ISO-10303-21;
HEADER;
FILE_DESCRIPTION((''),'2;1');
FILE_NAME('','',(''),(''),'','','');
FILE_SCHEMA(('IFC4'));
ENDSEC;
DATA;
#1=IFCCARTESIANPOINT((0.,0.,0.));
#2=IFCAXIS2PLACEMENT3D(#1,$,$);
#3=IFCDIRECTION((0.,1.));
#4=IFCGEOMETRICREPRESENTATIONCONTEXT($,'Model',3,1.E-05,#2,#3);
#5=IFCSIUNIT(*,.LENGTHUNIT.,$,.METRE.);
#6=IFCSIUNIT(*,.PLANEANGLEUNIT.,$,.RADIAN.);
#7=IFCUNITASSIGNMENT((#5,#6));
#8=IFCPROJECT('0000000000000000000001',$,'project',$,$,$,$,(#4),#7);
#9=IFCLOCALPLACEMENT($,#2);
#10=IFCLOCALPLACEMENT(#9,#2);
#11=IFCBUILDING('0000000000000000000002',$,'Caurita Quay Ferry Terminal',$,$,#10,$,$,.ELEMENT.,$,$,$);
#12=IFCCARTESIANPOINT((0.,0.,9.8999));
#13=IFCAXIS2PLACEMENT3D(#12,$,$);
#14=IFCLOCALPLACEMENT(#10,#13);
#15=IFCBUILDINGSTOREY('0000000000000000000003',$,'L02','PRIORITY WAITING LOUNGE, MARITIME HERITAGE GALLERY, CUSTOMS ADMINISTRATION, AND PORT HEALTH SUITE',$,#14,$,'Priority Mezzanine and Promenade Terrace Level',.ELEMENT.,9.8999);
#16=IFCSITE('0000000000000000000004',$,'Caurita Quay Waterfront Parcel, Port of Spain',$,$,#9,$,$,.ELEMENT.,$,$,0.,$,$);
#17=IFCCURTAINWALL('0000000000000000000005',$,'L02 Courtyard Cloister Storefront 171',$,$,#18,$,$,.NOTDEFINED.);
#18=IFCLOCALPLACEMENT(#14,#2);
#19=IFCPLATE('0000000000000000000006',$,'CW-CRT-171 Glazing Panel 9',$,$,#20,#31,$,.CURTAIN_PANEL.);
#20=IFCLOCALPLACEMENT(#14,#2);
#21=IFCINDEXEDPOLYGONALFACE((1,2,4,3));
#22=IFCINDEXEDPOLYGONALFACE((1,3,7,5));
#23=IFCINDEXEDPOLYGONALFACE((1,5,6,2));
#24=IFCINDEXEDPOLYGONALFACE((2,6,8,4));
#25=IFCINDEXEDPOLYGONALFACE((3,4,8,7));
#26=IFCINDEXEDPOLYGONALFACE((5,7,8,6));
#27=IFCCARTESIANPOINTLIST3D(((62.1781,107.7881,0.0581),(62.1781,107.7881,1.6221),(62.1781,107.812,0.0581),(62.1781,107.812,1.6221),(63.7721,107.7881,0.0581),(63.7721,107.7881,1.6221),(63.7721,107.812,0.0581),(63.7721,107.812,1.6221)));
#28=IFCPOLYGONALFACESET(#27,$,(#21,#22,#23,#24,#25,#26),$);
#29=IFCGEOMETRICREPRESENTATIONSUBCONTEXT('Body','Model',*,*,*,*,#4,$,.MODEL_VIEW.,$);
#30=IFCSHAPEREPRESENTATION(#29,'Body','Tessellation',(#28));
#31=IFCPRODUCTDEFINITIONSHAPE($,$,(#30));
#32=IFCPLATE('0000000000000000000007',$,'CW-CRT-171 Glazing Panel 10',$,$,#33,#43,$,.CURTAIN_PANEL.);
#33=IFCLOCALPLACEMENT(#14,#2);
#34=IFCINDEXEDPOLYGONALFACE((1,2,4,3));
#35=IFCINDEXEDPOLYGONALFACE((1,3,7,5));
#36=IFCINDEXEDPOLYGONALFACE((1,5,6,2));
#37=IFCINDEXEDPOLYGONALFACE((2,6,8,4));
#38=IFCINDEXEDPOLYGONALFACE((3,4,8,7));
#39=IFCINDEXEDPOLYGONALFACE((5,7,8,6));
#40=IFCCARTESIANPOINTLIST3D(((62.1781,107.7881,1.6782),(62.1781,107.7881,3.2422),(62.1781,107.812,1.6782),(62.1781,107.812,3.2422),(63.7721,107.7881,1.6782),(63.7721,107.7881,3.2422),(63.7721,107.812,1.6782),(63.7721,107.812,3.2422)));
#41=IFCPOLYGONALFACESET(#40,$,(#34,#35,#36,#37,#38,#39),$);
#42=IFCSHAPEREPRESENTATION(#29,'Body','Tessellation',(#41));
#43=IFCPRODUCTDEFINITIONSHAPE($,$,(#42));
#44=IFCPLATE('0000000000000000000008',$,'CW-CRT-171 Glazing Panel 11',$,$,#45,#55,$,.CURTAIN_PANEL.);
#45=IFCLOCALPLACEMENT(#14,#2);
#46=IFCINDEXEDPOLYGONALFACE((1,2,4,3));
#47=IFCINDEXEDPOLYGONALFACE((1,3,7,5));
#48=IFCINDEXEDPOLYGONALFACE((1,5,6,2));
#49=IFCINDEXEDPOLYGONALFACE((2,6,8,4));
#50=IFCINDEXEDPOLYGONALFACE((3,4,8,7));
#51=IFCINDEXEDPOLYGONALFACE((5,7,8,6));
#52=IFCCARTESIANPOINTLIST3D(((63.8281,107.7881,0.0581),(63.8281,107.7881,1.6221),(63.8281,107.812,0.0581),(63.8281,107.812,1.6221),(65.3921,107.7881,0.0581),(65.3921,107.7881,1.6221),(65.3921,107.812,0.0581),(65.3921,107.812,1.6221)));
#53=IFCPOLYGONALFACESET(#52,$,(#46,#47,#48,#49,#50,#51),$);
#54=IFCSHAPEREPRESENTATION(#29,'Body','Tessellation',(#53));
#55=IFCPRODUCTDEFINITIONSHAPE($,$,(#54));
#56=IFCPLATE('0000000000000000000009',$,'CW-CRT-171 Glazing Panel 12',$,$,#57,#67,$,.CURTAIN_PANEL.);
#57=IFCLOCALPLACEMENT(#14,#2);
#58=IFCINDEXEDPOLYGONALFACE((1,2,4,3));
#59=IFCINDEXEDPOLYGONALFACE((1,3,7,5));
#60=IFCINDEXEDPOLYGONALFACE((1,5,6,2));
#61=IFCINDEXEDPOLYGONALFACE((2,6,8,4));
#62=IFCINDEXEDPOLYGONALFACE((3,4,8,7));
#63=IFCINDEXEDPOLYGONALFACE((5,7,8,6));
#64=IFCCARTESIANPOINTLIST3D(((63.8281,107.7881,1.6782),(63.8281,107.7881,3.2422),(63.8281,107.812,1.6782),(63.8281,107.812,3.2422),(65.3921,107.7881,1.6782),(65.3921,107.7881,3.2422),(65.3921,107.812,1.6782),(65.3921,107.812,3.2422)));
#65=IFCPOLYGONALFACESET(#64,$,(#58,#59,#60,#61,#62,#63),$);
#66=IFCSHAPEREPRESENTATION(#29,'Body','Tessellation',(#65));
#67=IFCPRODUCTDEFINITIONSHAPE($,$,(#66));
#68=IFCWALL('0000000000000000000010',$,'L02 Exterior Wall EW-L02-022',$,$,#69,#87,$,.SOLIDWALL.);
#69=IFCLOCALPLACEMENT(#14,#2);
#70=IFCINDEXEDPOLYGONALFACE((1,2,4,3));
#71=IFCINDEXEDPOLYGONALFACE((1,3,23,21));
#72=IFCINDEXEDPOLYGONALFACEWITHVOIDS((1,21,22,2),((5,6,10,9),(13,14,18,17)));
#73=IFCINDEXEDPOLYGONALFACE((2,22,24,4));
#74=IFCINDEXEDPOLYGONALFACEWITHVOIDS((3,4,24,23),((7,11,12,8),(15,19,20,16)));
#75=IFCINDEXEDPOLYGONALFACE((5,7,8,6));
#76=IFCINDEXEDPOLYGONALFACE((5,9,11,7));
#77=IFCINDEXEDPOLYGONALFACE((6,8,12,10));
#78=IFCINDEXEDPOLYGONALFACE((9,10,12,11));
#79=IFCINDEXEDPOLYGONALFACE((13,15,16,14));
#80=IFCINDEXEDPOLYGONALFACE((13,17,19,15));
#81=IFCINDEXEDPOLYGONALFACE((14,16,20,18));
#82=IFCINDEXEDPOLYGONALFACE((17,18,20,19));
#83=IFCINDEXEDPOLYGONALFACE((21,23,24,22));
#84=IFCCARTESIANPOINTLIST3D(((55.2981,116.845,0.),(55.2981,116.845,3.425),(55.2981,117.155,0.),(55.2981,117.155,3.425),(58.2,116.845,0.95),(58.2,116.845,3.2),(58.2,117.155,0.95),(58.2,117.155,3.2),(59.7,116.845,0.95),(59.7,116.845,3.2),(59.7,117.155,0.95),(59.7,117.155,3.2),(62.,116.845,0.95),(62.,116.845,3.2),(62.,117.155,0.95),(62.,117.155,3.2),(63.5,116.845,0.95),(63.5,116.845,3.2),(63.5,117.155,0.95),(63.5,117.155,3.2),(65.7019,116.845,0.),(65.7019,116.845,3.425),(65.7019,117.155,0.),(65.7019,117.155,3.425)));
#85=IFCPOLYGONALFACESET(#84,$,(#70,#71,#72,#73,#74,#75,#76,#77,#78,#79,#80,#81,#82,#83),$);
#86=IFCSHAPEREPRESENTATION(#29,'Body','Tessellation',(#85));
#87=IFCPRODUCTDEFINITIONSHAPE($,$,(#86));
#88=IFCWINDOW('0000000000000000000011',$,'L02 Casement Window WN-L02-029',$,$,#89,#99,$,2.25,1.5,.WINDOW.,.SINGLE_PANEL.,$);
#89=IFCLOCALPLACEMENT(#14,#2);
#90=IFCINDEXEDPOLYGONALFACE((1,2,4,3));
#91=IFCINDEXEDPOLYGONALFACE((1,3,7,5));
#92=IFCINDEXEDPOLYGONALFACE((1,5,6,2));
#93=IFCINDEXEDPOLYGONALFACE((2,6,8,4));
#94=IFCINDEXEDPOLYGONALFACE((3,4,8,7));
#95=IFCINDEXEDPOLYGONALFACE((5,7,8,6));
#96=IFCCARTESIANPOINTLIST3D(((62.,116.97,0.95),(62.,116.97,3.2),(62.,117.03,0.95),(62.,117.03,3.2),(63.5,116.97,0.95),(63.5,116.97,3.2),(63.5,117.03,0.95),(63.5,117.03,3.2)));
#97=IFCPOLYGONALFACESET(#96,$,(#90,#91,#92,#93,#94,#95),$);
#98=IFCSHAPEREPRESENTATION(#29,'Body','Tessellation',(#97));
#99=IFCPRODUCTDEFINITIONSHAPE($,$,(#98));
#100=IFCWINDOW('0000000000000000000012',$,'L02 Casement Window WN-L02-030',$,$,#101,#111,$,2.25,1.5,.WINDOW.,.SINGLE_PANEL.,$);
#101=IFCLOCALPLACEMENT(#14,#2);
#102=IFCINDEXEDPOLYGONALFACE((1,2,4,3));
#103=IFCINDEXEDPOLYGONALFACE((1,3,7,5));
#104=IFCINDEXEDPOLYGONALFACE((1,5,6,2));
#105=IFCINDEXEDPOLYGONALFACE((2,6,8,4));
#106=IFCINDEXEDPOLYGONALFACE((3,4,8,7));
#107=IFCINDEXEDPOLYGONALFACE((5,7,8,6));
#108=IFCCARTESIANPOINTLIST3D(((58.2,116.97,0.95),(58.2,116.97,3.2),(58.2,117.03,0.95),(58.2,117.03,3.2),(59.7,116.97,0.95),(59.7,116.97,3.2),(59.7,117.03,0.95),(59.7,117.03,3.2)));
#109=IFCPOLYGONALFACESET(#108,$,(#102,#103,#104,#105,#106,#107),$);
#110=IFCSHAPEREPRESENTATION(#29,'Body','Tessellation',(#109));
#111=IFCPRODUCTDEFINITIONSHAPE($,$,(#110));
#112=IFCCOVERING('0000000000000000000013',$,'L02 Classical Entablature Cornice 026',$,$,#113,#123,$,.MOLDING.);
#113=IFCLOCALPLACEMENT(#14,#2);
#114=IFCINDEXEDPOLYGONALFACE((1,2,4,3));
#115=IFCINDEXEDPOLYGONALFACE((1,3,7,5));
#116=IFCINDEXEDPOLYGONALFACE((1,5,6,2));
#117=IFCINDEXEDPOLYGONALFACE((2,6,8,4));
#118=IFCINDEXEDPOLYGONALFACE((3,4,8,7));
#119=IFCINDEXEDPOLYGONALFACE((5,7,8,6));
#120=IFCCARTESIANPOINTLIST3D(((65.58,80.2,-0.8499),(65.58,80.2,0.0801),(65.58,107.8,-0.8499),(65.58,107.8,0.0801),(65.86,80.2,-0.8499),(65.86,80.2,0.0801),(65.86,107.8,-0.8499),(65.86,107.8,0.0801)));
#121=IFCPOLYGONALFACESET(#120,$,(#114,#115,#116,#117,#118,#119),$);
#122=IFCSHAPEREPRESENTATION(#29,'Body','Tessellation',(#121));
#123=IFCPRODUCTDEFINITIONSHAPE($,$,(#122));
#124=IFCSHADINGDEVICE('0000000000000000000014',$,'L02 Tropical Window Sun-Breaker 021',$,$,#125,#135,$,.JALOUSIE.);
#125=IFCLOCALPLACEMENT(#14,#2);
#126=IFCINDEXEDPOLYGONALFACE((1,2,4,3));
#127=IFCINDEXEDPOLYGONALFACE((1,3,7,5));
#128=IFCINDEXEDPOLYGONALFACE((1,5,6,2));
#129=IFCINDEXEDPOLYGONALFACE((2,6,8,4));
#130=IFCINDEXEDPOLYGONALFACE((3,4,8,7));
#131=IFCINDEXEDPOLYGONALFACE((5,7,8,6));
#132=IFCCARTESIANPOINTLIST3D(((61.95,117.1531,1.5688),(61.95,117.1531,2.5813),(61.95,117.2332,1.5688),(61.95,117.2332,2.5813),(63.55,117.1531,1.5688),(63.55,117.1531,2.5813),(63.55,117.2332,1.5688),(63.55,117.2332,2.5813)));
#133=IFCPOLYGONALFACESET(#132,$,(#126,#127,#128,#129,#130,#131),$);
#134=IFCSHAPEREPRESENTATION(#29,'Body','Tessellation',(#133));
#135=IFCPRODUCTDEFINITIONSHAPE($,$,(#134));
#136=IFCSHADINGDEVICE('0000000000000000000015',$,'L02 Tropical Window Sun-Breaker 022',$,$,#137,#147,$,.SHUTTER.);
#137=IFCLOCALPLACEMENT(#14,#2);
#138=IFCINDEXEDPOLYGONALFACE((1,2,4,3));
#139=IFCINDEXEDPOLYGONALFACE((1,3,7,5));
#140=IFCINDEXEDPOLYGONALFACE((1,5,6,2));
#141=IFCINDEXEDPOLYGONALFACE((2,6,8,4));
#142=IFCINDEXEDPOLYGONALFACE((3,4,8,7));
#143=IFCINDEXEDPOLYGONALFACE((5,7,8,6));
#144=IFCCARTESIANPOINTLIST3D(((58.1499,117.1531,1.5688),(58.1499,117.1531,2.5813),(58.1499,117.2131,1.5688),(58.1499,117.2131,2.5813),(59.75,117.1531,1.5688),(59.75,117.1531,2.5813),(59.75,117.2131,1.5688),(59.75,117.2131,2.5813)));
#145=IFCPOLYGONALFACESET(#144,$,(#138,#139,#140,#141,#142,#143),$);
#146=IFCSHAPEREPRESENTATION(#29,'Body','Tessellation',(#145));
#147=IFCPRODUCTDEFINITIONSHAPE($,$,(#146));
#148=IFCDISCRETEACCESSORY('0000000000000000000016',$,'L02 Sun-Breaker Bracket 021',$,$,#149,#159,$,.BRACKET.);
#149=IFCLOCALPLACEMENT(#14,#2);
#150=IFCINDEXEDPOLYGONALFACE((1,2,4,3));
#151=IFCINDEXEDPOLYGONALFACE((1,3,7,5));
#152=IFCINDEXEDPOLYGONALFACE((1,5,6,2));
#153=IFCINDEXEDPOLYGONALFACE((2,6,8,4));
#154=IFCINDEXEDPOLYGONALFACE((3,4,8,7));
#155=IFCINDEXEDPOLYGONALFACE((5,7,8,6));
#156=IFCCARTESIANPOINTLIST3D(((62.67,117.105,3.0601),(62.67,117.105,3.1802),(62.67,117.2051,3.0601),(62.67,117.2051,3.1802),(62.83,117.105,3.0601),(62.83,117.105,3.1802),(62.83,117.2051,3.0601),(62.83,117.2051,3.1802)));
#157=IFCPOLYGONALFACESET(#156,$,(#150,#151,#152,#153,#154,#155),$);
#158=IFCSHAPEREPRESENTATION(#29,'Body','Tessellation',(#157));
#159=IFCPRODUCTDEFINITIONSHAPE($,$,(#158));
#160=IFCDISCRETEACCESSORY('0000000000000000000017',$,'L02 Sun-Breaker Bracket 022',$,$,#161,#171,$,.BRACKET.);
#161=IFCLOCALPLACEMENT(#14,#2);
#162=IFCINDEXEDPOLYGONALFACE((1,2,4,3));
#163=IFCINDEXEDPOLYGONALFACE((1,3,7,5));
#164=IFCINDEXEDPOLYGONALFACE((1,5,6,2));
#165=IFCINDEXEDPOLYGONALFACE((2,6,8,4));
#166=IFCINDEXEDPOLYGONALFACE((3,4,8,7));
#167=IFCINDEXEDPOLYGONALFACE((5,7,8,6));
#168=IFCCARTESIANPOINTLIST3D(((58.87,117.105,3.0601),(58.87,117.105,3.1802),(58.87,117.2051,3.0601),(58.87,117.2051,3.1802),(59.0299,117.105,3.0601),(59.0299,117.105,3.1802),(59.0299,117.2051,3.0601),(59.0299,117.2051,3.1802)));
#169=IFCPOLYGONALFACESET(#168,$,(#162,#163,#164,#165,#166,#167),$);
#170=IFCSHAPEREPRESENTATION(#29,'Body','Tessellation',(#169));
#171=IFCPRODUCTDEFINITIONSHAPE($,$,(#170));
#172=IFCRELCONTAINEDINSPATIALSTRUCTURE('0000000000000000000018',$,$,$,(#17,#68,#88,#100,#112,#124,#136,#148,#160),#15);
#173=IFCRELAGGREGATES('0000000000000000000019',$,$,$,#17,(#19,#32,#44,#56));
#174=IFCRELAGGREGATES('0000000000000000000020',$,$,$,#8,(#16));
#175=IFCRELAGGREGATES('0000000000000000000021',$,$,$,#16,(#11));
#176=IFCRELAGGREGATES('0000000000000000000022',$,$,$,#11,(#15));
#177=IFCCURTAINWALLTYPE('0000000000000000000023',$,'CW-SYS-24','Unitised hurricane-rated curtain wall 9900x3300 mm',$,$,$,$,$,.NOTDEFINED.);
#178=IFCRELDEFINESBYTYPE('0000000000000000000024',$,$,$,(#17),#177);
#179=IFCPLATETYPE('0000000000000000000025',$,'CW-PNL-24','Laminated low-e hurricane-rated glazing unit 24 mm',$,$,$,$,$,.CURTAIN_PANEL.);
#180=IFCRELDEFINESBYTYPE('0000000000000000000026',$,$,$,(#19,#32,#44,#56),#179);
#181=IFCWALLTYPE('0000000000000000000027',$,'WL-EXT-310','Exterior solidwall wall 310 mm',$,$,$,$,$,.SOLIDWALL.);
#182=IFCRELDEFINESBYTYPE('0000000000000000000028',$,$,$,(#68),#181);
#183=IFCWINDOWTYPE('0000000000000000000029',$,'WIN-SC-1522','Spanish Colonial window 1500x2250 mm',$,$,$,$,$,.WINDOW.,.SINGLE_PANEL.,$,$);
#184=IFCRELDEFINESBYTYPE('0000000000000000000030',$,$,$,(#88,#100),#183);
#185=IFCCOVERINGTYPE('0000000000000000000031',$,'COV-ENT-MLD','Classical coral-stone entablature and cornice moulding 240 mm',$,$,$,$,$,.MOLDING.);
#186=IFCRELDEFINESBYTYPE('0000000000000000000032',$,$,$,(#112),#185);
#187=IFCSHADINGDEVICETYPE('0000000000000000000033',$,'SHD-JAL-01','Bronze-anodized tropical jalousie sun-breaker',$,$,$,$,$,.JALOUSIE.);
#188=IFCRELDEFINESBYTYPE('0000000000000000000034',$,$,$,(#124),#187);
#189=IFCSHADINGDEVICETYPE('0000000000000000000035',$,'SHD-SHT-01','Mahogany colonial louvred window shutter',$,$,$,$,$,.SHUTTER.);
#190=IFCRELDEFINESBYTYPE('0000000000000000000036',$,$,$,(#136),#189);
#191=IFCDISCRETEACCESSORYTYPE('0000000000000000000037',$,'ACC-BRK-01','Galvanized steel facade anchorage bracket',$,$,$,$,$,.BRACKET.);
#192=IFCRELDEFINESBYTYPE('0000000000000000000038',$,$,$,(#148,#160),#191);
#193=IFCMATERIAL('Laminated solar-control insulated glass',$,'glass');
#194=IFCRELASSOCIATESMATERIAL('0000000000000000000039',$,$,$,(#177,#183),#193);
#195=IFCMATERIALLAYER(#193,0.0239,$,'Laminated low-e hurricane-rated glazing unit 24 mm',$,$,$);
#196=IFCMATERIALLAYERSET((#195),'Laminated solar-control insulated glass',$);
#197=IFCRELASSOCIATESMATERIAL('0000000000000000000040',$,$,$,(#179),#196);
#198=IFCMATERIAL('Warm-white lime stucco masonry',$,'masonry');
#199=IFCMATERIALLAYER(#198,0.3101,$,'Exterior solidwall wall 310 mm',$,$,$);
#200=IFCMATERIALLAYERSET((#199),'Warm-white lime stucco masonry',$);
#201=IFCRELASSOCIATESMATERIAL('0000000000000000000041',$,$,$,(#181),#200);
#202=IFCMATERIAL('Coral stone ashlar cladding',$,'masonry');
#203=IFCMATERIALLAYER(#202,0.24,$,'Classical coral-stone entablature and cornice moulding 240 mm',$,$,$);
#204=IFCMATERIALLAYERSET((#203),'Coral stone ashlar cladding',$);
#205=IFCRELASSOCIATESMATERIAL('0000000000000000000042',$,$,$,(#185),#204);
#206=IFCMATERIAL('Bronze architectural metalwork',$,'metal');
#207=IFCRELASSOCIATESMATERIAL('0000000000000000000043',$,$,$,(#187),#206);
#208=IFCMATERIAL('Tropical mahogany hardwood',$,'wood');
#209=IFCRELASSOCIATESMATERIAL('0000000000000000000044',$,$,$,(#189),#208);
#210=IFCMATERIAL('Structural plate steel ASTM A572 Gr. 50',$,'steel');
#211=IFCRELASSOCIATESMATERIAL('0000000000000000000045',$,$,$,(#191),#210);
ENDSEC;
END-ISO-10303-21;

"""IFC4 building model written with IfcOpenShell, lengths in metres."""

from ifc_helpers import new_model, si_unit, direction, frame, frame_2d, origin, origin_2d, place, context, subcontext, project, spatial, rectangle, extrude, material, layer, layer_set, type_object, element, fill, aggregate, save


model = new_model("IFC4")

# Units and contexts
model_context = context("Model", 3, precision=1e-05, world=origin(), true_north=direction((0.0, 1.0)))
body_context = subcontext(model_context, "Body", "Model", "MODEL_VIEW")
ifc_project = project(units=[si_unit("LENGTHUNIT", "METRE"), si_unit("PLANEANGLEUNIT", "RADIAN")], contexts=[model_context])

# Site, building, storey
site_placement = place(None, origin())
site = spatial("IfcSite", under=ifc_project, at=site_placement, Name="Caurita Quay Waterfront Parcel, Port of Spain", CompositionType="ELEMENT", RefElevation=0.0)
building_placement = place(site_placement, origin())
building = spatial("IfcBuilding", under=site, at=building_placement, Name="Caurita Quay Ferry Terminal", CompositionType="ELEMENT")
storey_placement = place(building_placement, frame((0.0, 0.0, 9.8999)))
storey = spatial("IfcBuildingStorey", under=building, at=storey_placement, Name="L02", Description="PRIORITY WAITING LOUNGE, MARITIME HERITAGE GALLERY, CUSTOMS ADMINISTRATION, AND PORT HEALTH SUITE", LongName="Priority Mezzanine and Promenade Terrace Level", CompositionType="ELEMENT", Elevation=9.8999)

# Curtain wall, plates
ifc_material_1 = material(Name="Laminated solar-control insulated glass", Category="glass")
curtain_wall_type = type_object("IfcCurtainWallType", Name="CW-SYS-24", Description="Unitised hurricane-rated curtain wall 9900x3300 mm", PredefinedType="NOTDEFINED", material=ifc_material_1)
curtain_wall_placement = place(storey_placement, origin())
curtain_wall = element("IfcCurtainWall", 1, at=curtain_wall_placement, inside=storey, type_object=curtain_wall_type, Name="L02 Courtyard Cloister Storefront 171", PredefinedType="NOTDEFINED")
ifc_layer_1 = layer(ifc_material_1, 0.0239, Name="Laminated low-e hurricane-rated glazing unit 24 mm")
ifc_layer_set_1 = layer_set([ifc_layer_1], Name="Laminated solar-control insulated glass")
plate_type = type_object("IfcPlateType", Name="CW-PNL-24", Description="Laminated low-e hurricane-rated glazing unit 24 mm", PredefinedType="CURTAIN_PANEL", material=ifc_layer_set_1)
plate_1_placement = place(storey_placement, frame((62.9751, 107.8, 0.0581), z_axis=(0.0, 0.0, 1.0), x_axis=(1.0, 0.0, 0.0)))
plate_1 = element("IfcPlate", 2, at=plate_1_placement, type_object=plate_type, Name="CW-CRT-171 Glazing Panel 9", PredefinedType="CURTAIN_PANEL", context=body_context, shape_type="SweptSolid", body=[
    extrude(rectangle(XDim=1.594, YDim=0.0239, at=origin_2d()), origin(), (0.0, 0.0, 1.0), 1.564),
])
plate_2_placement = place(storey_placement, frame((62.9751, 107.8, 1.6782), z_axis=(0.0, 0.0, 1.0), x_axis=(1.0, 0.0, 0.0)))
plate_2 = element("IfcPlate", 3, at=plate_2_placement, type_object=plate_type, Name="CW-CRT-171 Glazing Panel 10", PredefinedType="CURTAIN_PANEL", context=body_context, shape_type="SweptSolid", body=[
    extrude(rectangle(XDim=1.594, YDim=0.0239, at=origin_2d()), origin(), (0.0, 0.0, 1.0), 1.564),
])
plate_3_placement = place(storey_placement, frame((64.6101, 107.8, 0.0581), z_axis=(0.0, 0.0, 1.0), x_axis=(1.0, 0.0, 0.0)))
plate_3 = element("IfcPlate", 4, at=plate_3_placement, type_object=plate_type, Name="CW-CRT-171 Glazing Panel 11", PredefinedType="CURTAIN_PANEL", context=body_context, shape_type="SweptSolid", body=[
    extrude(rectangle(XDim=1.564, YDim=0.0239, at=origin_2d()), origin(), (0.0, 0.0, 1.0), 1.564),
])
plate_4_placement = place(storey_placement, frame((64.6101, 107.8, 1.6782), z_axis=(0.0, 0.0, 1.0), x_axis=(1.0, 0.0, 0.0)))
plate_4 = element("IfcPlate", 5, at=plate_4_placement, type_object=plate_type, Name="CW-CRT-171 Glazing Panel 12", PredefinedType="CURTAIN_PANEL", context=body_context, shape_type="SweptSolid", body=[
    extrude(rectangle(XDim=1.564, YDim=0.0239, at=origin_2d()), origin(), (0.0, 0.0, 1.0), 1.564),
])
aggregate(curtain_wall, [plate_1, plate_2, plate_3, plate_4])

# Wall, openings, windows
ifc_material_2 = material(Name="Warm-white lime stucco masonry", Category="masonry")
ifc_layer_2 = layer(ifc_material_2, 0.3101, Name="Exterior solidwall wall 310 mm")
ifc_layer_set_2 = layer_set([ifc_layer_2], Name="Warm-white lime stucco masonry")
wall_type = type_object("IfcWallType", Name="WL-EXT-310", Description="Exterior solidwall wall 310 mm", PredefinedType="SOLIDWALL", material=ifc_layer_set_2)
wall_placement = place(storey_placement, frame((65.7019, 117.0, 0.0), z_axis=(0.0, 0.0, 1.0), x_axis=(-1.0, 0.0, 0.0)))
wall = element("IfcWall", 6, at=wall_placement, inside=storey, type_object=wall_type, Name="L02 Exterior Wall EW-L02-022", PredefinedType="SOLIDWALL", context=body_context, shape_type="SweptSolid", body=[
    extrude(rectangle(XDim=10.4038, YDim=0.3101, at=frame_2d((5.2019, 0.0))), origin(), (0.0, 0.0, 1.0), 3.425),
])
opening_1_placement = place(wall_placement, frame((2.2019, 0.0, 0.95)))
opening_1 = element("IfcOpeningElement", 7, at=opening_1_placement, cuts=wall, PredefinedType="OPENING", context=body_context, shape_type="SweptSolid", body=[
    extrude(rectangle(XDim=1.5, YDim=2.25, at=frame_2d((0.75, 1.125))), frame((0.0, 0.165, 0.0), z_axis=(0.0, -1.0, 0.0), x_axis=(1.0, 0.0, 0.0)), (0.0, 0.0, 1.0), 0.3301),
])
opening_2_placement = place(wall_placement, frame((6.002, 0.0, 0.95)))
opening_2 = element("IfcOpeningElement", 8, at=opening_2_placement, cuts=wall, PredefinedType="OPENING", context=body_context, shape_type="SweptSolid", body=[
    extrude(rectangle(XDim=1.5, YDim=2.25, at=frame_2d((0.75, 1.125))), frame((0.0, 0.165, 0.0), z_axis=(0.0, -1.0, 0.0), x_axis=(1.0, 0.0, 0.0)), (0.0, 0.0, 1.0), 0.3301),
])
window_type = type_object("IfcWindowType", Name="WIN-SC-1522", Description="Spanish Colonial window 1500x2250 mm", PartitioningType="SINGLE_PANEL", PredefinedType="WINDOW", material=ifc_material_1)
window_1_placement = place(opening_1_placement, origin())
window_1 = element("IfcWindow", 9, at=window_1_placement, inside=storey, type_object=window_type, Name="L02 Casement Window WN-L02-029", OverallHeight=2.25, OverallWidth=1.5, PartitioningType="SINGLE_PANEL", PredefinedType="WINDOW", context=body_context, shape_type="SweptSolid", body=[
    extrude(rectangle(XDim=1.5, YDim=2.25, at=frame_2d((0.75, 1.125))), frame((0.0, 0.03, 0.0), z_axis=(0.0, -1.0, 0.0), x_axis=(1.0, 0.0, 0.0)), (0.0, 0.0, 1.0), 0.0601),
])
fill(opening_1, window_1)
window_2_placement = place(opening_2_placement, origin())
window_2 = element("IfcWindow", 10, at=window_2_placement, inside=storey, type_object=window_type, Name="L02 Casement Window WN-L02-030", OverallHeight=2.25, OverallWidth=1.5, PartitioningType="SINGLE_PANEL", PredefinedType="WINDOW", context=body_context, shape_type="SweptSolid", body=[
    extrude(rectangle(XDim=1.5, YDim=2.25, at=frame_2d((0.75, 1.125))), frame((0.0, 0.03, 0.0), z_axis=(0.0, -1.0, 0.0), x_axis=(1.0, 0.0, 0.0)), (0.0, 0.0, 1.0), 0.0601),
])
fill(opening_2, window_2)

# Covering
ifc_material_3 = material(Name="Coral stone ashlar cladding", Category="masonry")
ifc_layer_3 = layer(ifc_material_3, 0.24, Name="Classical coral-stone entablature and cornice moulding 240 mm")
ifc_layer_set_3 = layer_set([ifc_layer_3], Name="Coral stone ashlar cladding")
covering_type = type_object("IfcCoveringType", Name="COV-ENT-MLD", Description="Classical coral-stone entablature and cornice moulding 240 mm", PredefinedType="MOLDING", material=ifc_layer_set_3)
covering_placement = place(storey_placement, frame((65.72, 107.8, -0.8499), z_axis=(0.0, 0.0, 1.0), x_axis=(0.0, -1.0, 0.0)))
element("IfcCovering", 11, at=covering_placement, inside=storey, type_object=covering_type, Name="L02 Classical Entablature Cornice 026", PredefinedType="MOLDING", context=body_context, shape_type="SweptSolid", body=[
    extrude(rectangle(XDim=27.6001, YDim=0.28, at=frame_2d((13.8, 0.0))), origin(), (0.0, 0.0, 1.0), 0.9299),
])

# Shading devices
ifc_material_4 = material(Name="Bronze architectural metalwork", Category="metal")
shading_device_type_1 = type_object("IfcShadingDeviceType", Name="SHD-JAL-01", Description="Bronze-anodized tropical jalousie sun-breaker", PredefinedType="JALOUSIE", material=ifc_material_4)
shading_device_1_placement = place(storey_placement, frame((62.75, 117.1931, 1.5688), z_axis=(0.0, 0.0, 1.0), x_axis=(-1.0, 0.0, 0.0)))
element("IfcShadingDevice", 12, at=shading_device_1_placement, inside=storey, type_object=shading_device_type_1, Name="L02 Tropical Window Sun-Breaker 021", PredefinedType="JALOUSIE", context=body_context, shape_type="SweptSolid", body=[
    extrude(rectangle(XDim=1.6001, YDim=0.0801, at=origin_2d()), origin(), (0.0, 0.0, 1.0), 1.0125),
])
ifc_material_5 = material(Name="Tropical mahogany hardwood", Category="wood")
shading_device_type_2 = type_object("IfcShadingDeviceType", Name="SHD-SHT-01", Description="Mahogany colonial louvred window shutter", PredefinedType="SHUTTER", material=ifc_material_5)
shading_device_2_placement = place(storey_placement, frame((58.95, 117.1831, 1.5688), z_axis=(0.0, 0.0, 1.0), x_axis=(-1.0, 0.0, 0.0)))
element("IfcShadingDevice", 13, at=shading_device_2_placement, inside=storey, type_object=shading_device_type_2, Name="L02 Tropical Window Sun-Breaker 022", PredefinedType="SHUTTER", context=body_context, shape_type="SweptSolid", body=[
    extrude(rectangle(XDim=1.6001, YDim=0.0601, at=origin_2d()), origin(), (0.0, 0.0, 1.0), 1.0125),
])

# Discrete accessories
ifc_material_6 = material(Name="Structural plate steel ASTM A572 Gr. 50", Category="steel")
discrete_accessory_type = type_object("IfcDiscreteAccessoryType", Name="ACC-BRK-01", Description="Galvanized steel facade anchorage bracket", PredefinedType="BRACKET", material=ifc_material_6)
for number, where, z_axis, x_axis, name in (
    (14, (62.75, 117.155, 3.0601), (0.0, 0.0, 1.0), (-1.0, 0.0, 0.0), "L02 Sun-Breaker Bracket 021"),
    (15, (58.95, 117.155, 3.0601), (0.0, 0.0, 1.0), (-1.0, 0.0, 0.0), "L02 Sun-Breaker Bracket 022"),
):
    element("IfcDiscreteAccessory", number, at=place(storey_placement, frame(where, z_axis=z_axis, x_axis=x_axis)), inside=storey, type_object=discrete_accessory_type, Name=name, PredefinedType="BRACKET", context=body_context, shape_type="SweptSolid", body=[
        extrude(rectangle(XDim=0.1599, YDim=0.1001, at=origin_2d()), origin(), (0.0, 0.0, 1.0), 0.1201),
    ])

save(model, "model.ifc")
